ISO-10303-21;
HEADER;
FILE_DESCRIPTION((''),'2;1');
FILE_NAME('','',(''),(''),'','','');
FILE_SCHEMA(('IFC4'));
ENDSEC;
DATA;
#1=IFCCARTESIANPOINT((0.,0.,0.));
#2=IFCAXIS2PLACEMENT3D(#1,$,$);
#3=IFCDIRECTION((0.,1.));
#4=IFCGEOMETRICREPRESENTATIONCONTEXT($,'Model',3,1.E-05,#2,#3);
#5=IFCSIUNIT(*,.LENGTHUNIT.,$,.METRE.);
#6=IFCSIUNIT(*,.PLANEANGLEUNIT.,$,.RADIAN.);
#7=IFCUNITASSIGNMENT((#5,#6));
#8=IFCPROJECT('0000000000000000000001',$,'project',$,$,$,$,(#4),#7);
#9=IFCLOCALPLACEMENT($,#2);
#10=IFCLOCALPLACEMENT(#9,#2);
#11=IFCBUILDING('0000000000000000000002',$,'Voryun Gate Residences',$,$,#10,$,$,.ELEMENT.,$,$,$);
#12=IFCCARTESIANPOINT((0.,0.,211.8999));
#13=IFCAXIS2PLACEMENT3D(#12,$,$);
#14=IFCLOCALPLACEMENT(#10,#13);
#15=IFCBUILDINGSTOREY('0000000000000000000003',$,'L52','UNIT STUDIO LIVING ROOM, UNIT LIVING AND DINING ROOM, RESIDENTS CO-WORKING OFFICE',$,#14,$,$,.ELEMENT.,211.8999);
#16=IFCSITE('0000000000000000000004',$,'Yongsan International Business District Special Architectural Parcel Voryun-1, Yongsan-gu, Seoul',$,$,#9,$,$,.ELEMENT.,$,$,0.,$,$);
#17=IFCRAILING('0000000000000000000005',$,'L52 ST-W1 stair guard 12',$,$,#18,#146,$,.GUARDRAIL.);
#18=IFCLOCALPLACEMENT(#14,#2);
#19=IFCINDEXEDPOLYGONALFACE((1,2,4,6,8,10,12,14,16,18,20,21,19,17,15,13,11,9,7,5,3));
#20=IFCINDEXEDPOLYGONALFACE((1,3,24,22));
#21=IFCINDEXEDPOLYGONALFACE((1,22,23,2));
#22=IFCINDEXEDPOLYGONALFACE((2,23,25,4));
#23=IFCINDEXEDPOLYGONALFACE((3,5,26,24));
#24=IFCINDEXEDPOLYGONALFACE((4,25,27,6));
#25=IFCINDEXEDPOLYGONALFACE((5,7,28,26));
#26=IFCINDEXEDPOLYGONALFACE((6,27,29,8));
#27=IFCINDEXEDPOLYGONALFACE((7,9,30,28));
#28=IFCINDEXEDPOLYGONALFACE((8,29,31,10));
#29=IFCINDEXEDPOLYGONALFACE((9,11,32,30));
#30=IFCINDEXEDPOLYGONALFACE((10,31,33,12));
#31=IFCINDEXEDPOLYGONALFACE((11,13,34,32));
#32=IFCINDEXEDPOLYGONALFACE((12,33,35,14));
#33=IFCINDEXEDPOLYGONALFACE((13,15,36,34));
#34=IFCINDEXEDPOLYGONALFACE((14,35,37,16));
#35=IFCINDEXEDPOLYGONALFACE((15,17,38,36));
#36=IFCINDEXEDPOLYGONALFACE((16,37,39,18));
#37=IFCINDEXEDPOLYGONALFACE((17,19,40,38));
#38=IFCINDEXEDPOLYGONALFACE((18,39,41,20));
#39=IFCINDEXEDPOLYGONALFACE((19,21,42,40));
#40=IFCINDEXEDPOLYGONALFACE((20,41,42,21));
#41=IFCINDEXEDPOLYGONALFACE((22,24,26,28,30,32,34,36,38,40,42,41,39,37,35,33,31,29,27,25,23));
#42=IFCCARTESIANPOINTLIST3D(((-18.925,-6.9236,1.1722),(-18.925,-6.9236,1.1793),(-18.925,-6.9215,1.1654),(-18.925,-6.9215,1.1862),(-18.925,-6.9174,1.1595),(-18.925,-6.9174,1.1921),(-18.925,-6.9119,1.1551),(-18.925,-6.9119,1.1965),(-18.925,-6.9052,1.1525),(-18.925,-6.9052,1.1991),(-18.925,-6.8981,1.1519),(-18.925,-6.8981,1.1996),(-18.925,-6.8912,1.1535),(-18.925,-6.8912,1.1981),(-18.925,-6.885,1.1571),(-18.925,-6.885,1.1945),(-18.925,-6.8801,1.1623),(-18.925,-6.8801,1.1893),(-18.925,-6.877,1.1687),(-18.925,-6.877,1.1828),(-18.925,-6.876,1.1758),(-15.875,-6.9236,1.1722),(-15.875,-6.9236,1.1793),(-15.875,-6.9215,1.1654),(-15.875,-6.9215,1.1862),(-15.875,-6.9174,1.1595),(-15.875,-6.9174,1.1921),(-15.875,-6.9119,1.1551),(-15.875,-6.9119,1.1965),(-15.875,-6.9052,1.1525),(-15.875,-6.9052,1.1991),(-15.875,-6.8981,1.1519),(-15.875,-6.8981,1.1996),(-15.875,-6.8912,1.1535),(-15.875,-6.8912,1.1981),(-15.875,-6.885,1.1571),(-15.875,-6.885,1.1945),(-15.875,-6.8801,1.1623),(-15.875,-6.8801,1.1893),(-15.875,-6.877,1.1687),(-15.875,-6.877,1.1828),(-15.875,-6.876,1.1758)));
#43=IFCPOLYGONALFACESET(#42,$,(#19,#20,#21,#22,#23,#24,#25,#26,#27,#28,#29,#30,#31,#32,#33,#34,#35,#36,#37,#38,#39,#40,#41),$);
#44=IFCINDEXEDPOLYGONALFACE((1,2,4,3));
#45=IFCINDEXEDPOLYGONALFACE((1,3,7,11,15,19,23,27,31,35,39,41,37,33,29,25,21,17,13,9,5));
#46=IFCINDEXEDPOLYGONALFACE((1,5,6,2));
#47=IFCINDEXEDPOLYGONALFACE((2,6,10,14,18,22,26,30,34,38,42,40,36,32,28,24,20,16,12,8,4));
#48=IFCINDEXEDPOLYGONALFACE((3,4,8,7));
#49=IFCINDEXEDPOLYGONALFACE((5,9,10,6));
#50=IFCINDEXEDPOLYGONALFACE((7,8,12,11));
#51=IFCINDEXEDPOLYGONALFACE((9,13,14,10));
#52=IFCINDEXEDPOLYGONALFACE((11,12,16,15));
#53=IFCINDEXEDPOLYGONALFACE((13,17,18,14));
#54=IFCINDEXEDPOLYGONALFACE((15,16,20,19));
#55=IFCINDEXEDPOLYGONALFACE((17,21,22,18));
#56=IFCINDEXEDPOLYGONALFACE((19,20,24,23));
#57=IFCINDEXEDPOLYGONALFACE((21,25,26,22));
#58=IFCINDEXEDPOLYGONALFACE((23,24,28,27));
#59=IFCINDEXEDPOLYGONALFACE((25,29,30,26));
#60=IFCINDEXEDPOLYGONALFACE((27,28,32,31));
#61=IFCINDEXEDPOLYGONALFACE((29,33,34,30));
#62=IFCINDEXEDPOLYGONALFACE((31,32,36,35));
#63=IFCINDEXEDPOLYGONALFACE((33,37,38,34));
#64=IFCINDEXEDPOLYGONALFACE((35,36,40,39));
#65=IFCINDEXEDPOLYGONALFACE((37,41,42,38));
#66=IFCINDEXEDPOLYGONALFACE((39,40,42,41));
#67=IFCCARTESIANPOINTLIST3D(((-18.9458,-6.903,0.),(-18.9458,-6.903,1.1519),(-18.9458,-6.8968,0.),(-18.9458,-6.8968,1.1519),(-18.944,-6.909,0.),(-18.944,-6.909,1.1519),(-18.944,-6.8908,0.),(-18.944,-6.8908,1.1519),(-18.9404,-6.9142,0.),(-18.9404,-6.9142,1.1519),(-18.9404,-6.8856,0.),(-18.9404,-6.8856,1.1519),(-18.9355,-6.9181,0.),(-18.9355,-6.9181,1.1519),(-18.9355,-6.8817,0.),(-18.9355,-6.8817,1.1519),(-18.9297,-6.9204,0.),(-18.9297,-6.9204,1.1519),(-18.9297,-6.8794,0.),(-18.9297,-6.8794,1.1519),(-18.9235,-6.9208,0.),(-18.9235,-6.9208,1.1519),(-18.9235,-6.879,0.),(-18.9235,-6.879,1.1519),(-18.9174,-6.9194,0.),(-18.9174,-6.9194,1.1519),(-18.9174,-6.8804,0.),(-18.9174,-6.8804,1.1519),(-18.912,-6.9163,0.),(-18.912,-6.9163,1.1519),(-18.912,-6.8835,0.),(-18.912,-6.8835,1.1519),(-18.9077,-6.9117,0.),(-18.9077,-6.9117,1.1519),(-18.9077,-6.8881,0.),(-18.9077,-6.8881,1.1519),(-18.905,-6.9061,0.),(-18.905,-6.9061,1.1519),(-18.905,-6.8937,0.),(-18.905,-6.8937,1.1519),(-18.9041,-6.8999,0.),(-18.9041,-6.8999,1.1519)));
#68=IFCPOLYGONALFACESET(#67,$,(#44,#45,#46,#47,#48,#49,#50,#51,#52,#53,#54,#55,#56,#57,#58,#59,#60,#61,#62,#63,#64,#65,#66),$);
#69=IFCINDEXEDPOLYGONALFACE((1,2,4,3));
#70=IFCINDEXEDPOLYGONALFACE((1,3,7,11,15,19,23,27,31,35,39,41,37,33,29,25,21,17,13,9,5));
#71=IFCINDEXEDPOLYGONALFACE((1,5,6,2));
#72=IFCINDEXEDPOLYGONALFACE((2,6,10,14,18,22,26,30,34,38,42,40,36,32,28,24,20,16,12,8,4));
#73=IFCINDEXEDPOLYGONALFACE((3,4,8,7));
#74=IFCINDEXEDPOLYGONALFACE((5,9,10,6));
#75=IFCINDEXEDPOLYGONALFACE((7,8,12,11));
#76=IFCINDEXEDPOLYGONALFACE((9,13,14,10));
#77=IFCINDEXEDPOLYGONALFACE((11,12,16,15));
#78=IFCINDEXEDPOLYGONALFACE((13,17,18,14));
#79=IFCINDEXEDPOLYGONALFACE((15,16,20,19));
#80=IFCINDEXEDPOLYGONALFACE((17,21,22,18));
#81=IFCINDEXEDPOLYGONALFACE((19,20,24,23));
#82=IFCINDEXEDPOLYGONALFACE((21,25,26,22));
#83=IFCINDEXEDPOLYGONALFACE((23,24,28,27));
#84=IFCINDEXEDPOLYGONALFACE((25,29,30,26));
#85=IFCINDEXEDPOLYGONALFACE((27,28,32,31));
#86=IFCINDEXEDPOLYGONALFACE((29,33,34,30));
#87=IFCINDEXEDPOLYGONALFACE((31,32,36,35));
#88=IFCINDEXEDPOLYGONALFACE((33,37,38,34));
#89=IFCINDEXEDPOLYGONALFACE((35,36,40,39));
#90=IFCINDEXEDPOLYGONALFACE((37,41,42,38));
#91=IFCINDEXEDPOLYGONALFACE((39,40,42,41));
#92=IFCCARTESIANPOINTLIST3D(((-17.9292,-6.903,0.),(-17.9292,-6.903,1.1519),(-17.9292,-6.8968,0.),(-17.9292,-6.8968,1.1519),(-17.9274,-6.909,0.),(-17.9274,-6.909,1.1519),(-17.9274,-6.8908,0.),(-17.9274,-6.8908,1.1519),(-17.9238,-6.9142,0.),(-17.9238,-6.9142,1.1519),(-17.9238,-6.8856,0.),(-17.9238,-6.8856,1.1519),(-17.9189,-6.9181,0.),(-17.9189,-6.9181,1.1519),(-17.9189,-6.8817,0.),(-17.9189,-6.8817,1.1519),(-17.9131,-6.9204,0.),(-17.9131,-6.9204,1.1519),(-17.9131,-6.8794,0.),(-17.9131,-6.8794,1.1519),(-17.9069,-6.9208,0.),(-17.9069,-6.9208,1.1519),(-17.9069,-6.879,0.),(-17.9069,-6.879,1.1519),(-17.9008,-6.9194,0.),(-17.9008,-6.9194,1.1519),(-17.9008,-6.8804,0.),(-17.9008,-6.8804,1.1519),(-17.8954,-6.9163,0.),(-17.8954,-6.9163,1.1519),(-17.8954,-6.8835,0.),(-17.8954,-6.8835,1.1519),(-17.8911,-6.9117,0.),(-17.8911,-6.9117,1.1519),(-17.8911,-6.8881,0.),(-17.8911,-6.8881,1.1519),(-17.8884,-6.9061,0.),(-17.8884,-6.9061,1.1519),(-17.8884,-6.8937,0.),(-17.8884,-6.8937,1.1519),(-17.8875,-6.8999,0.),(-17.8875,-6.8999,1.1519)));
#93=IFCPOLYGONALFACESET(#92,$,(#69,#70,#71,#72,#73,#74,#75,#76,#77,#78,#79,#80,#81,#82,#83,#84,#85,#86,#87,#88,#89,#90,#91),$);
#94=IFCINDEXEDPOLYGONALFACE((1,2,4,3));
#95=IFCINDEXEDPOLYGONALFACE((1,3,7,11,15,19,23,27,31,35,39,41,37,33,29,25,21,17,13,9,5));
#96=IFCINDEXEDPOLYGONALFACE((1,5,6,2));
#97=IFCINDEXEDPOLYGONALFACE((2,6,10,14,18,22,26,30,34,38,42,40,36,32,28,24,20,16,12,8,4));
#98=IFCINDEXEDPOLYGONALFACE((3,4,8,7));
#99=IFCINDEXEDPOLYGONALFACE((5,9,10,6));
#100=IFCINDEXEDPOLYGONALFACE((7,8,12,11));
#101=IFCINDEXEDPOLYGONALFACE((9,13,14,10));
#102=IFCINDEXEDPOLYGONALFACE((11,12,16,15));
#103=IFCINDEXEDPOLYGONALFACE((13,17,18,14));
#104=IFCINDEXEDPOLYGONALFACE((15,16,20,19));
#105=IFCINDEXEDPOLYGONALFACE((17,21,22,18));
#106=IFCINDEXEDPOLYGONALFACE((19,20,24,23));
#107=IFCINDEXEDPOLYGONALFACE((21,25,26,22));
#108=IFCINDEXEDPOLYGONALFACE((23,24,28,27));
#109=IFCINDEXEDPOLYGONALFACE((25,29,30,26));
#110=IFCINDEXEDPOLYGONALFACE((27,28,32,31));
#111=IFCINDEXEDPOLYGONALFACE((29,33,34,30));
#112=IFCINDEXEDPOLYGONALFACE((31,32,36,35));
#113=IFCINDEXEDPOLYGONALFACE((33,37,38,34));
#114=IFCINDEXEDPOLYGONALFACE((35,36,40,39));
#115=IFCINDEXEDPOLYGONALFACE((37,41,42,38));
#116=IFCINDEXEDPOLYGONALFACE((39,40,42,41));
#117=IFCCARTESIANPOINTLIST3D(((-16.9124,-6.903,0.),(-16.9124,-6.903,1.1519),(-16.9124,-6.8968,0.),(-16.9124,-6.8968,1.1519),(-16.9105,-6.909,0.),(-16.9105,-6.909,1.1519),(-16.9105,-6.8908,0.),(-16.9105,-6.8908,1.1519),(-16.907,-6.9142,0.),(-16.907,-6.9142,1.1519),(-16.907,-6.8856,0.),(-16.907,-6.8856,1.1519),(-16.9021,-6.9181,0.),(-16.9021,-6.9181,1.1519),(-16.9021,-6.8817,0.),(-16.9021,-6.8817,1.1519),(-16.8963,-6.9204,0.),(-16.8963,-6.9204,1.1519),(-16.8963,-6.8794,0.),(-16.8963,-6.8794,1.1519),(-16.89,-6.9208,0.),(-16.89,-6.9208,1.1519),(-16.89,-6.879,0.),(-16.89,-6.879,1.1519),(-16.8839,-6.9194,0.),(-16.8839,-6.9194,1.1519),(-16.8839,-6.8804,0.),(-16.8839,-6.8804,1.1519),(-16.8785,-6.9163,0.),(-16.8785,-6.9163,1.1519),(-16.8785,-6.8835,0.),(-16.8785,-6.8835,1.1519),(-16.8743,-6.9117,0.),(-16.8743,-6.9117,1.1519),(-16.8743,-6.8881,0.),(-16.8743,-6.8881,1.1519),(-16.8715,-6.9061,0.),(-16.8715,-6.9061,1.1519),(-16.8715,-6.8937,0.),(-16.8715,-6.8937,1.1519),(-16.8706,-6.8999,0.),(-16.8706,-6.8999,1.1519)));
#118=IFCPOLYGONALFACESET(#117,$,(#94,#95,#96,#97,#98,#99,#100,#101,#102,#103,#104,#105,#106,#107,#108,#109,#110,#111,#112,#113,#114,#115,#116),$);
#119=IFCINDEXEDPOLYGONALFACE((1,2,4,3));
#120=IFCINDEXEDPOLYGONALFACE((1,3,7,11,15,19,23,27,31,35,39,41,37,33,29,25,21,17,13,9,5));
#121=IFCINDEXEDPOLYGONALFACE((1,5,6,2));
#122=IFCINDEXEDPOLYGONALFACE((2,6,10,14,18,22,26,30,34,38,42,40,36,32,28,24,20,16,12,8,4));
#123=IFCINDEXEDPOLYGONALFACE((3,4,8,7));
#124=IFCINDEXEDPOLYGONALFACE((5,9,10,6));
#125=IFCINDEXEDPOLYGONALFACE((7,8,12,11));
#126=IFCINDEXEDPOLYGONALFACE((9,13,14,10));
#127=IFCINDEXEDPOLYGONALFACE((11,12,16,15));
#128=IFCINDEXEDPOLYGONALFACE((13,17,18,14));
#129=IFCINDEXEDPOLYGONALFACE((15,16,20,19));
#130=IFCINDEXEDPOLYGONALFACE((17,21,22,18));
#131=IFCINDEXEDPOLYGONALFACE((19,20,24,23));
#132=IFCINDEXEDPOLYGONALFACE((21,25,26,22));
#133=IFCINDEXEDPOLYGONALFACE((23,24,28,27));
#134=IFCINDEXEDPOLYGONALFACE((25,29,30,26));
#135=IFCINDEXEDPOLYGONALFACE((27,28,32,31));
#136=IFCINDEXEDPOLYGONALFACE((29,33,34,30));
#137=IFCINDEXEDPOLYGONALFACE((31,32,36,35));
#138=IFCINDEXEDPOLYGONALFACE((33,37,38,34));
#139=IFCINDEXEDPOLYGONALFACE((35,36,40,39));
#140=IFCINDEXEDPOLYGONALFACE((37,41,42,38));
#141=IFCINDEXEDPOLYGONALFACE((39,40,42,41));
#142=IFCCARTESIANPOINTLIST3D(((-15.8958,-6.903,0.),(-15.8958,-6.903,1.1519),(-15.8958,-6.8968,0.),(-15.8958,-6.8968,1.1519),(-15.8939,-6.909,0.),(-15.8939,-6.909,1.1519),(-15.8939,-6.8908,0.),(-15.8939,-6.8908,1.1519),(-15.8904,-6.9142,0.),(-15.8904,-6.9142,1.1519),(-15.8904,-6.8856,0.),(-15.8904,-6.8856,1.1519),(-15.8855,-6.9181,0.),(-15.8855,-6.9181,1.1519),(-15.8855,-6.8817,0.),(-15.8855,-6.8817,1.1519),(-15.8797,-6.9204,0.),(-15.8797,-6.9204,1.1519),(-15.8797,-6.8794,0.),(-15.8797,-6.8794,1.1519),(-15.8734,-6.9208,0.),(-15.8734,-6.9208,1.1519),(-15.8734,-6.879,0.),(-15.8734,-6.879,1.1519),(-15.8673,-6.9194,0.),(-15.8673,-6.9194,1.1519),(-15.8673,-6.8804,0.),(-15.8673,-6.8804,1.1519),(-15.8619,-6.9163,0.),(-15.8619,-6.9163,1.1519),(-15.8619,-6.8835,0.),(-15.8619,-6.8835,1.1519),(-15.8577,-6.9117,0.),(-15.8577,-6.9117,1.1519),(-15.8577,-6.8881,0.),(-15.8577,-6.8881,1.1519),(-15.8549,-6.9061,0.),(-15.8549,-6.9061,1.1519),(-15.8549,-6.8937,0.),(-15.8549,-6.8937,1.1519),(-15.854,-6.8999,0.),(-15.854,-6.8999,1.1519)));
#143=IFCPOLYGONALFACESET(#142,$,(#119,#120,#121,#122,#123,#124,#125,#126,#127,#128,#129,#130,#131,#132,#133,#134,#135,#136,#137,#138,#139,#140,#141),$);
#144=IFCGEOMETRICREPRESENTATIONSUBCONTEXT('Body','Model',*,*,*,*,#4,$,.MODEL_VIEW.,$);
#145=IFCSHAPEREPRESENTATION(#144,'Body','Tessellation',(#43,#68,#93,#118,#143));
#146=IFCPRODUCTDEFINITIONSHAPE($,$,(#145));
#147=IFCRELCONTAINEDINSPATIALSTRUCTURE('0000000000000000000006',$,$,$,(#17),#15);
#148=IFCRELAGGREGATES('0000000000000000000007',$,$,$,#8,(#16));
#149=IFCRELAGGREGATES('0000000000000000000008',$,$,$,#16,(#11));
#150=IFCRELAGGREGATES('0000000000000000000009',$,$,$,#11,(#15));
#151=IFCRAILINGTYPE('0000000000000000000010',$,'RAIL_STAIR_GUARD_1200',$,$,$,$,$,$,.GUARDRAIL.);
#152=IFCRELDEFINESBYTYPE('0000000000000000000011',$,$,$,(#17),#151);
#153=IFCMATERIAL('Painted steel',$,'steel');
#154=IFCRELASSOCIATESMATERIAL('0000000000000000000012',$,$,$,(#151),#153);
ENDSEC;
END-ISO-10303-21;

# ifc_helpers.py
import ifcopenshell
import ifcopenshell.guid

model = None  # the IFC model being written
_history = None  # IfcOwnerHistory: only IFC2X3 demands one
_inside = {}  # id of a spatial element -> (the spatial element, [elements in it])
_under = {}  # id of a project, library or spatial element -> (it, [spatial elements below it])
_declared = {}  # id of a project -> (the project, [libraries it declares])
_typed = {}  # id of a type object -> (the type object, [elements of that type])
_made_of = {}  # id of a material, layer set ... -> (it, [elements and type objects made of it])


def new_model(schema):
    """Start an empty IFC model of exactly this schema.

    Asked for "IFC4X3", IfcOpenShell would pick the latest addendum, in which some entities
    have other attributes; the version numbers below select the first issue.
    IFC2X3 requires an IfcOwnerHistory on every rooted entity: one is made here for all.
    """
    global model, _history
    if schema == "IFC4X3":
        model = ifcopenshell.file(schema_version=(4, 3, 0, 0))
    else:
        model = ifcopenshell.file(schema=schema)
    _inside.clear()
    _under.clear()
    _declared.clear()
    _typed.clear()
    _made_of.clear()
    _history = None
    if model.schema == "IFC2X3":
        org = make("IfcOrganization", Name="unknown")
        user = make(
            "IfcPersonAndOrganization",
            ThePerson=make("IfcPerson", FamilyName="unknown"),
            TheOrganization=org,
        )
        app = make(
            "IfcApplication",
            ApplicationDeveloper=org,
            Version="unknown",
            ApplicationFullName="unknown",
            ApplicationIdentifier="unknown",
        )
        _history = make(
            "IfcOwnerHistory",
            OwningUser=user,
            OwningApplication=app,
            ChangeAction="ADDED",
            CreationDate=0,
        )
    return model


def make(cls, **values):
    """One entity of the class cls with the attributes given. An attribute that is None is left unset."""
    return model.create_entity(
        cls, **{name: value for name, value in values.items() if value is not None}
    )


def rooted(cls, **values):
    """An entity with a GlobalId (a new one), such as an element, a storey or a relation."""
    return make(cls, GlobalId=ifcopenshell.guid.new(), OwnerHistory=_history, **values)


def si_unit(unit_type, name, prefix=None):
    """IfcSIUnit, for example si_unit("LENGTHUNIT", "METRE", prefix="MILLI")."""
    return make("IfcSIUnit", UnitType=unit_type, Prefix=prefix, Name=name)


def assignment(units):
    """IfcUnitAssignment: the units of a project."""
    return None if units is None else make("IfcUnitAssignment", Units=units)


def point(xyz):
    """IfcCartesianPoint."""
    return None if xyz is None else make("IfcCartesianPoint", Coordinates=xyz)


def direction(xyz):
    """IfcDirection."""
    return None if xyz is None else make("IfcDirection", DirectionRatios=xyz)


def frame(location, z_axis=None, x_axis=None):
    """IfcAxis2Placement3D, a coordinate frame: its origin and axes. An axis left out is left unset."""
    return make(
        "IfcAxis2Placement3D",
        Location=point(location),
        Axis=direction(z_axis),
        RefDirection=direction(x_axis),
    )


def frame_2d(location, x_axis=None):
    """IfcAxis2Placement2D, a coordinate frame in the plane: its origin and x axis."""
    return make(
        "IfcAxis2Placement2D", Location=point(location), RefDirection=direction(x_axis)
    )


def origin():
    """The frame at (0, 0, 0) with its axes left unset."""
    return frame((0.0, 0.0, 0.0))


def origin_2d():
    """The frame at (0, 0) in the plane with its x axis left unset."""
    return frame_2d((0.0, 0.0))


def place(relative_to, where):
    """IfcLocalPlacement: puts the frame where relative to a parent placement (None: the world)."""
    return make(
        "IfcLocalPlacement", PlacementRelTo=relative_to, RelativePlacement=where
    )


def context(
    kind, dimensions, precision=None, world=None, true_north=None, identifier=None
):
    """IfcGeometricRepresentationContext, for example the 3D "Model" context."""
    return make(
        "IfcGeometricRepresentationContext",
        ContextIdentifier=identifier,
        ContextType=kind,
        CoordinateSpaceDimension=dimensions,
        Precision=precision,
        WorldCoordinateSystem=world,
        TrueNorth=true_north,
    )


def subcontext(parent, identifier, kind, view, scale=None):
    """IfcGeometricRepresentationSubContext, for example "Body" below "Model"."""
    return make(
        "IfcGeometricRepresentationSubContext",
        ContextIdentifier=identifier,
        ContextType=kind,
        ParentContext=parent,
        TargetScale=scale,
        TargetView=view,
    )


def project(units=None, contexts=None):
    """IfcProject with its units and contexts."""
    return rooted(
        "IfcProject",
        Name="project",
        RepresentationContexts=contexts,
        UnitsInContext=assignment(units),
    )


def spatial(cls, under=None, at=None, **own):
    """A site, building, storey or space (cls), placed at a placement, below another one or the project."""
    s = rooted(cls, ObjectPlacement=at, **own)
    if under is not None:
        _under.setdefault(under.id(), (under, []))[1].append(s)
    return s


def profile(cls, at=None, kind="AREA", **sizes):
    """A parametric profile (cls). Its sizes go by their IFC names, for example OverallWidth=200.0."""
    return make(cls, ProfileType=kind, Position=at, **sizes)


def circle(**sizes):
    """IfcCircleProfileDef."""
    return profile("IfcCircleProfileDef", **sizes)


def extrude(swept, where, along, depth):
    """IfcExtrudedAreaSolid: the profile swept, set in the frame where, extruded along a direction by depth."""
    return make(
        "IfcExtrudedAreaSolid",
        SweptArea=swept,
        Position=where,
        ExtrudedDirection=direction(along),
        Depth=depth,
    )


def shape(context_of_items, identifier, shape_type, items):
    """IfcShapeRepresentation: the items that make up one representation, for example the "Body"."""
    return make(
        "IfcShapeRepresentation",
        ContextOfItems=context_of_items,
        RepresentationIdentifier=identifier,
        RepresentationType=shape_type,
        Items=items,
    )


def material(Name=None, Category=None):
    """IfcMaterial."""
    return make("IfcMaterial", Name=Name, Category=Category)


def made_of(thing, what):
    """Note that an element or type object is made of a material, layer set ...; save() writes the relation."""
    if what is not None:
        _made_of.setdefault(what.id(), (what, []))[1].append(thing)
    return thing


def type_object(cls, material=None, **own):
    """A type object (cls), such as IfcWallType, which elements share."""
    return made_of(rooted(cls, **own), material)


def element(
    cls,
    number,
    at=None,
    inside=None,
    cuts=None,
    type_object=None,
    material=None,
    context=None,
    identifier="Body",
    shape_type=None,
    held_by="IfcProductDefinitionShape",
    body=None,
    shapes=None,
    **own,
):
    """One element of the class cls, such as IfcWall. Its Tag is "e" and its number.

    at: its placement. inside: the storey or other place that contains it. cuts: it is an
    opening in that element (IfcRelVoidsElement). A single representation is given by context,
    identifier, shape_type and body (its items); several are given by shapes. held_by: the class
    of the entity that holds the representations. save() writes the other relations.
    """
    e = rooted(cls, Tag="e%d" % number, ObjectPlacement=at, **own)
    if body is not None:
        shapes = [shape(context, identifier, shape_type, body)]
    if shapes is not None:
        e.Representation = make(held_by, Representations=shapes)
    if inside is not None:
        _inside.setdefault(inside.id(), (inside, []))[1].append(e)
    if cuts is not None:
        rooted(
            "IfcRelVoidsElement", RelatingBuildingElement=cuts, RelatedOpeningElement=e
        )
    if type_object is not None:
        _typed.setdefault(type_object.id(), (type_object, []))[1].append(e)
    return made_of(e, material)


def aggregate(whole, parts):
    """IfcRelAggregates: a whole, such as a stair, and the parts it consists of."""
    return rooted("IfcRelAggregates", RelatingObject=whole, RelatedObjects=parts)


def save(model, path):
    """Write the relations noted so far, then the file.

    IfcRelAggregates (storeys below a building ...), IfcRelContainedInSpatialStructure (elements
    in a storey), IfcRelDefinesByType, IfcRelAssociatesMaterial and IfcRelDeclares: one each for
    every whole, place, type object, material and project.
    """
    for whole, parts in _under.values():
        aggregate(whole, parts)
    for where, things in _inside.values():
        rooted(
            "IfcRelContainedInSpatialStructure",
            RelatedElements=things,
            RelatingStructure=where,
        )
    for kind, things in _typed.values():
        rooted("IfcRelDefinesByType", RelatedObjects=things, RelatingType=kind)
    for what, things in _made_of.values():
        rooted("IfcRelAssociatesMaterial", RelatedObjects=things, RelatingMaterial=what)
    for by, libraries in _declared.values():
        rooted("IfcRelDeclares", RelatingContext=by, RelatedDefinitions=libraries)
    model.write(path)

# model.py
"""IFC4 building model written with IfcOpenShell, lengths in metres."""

from ifc_helpers import new_model, si_unit, direction, frame, origin, origin_2d, place, context, subcontext, project, spatial, circle, extrude, material, type_object, element, save


model = new_model("IFC4")

# Units and contexts
model_context = context("Model", 3, precision=1e-05, world=origin(), true_north=direction((0.0, 1.0)))
body_context = subcontext(model_context, "Body", "Model", "MODEL_VIEW")
ifc_project = project(units=[si_unit("LENGTHUNIT", "METRE"), si_unit("PLANEANGLEUNIT", "RADIAN")], contexts=[model_context])

# Site, building, storey
site_placement = place(None, origin())
site = spatial("IfcSite", under=ifc_project, at=site_placement, Name="Yongsan International Business District Special Architectural Parcel Voryun-1, Yongsan-gu, Seoul", CompositionType="ELEMENT", RefElevation=0.0)
building_placement = place(site_placement, origin())
building = spatial("IfcBuilding", under=site, at=building_placement, Name="Voryun Gate Residences", CompositionType="ELEMENT")
storey_placement = place(building_placement, frame((0.0, 0.0, 211.8999)))
storey = spatial("IfcBuildingStorey", under=building, at=storey_placement, Name="L52", Description="UNIT STUDIO LIVING ROOM, UNIT LIVING AND DINING ROOM, RESIDENTS CO-WORKING OFFICE", CompositionType="ELEMENT", Elevation=211.8999)

# Railing
ifc_material_1 = material(Name="Painted steel", Category="steel")
railing_type_1 = type_object("IfcRailingType", Name="RAIL_STAIR_GUARD_1200", PredefinedType="GUARDRAIL", material=ifc_material_1)
railing_1_placement = place(storey_placement, frame((-18.925, -6.8999, 0.0)))
element("IfcRailing", 1, at=railing_1_placement, inside=storey, type_object=railing_type_1, Name="L52 ST-W1 stair guard 12", PredefinedType="GUARDRAIL", context=body_context, shape_type="SweptSolid", body=[
    extrude(circle(Radius=0.0239, at=origin_2d()), frame((0.0, 0.0, 1.1758), z_axis=(1.0, 0.0, 0.0), x_axis=(0.0, 1.0, 0.0)), (0.0, 0.0, 1.0), 3.05),
    extrude(circle(Radius=0.021, at=origin_2d()), origin(), (0.0, 0.0, 1.0), 1.1519),
    extrude(circle(Radius=0.021, at=origin_2d()), frame((1.0166, 0.0, 0.0)), (0.0, 0.0, 1.0), 1.1519),
    extrude(circle(Radius=0.021, at=origin_2d()), frame((2.0334, 0.0, 0.0)), (0.0, 0.0, 1.0), 1.1519),
    extrude(circle(Radius=0.021, at=origin_2d()), frame((3.05, 0.0, 0.0)), (0.0, 0.0, 1.0), 1.1519),
])

save(model, "model.ifc")
